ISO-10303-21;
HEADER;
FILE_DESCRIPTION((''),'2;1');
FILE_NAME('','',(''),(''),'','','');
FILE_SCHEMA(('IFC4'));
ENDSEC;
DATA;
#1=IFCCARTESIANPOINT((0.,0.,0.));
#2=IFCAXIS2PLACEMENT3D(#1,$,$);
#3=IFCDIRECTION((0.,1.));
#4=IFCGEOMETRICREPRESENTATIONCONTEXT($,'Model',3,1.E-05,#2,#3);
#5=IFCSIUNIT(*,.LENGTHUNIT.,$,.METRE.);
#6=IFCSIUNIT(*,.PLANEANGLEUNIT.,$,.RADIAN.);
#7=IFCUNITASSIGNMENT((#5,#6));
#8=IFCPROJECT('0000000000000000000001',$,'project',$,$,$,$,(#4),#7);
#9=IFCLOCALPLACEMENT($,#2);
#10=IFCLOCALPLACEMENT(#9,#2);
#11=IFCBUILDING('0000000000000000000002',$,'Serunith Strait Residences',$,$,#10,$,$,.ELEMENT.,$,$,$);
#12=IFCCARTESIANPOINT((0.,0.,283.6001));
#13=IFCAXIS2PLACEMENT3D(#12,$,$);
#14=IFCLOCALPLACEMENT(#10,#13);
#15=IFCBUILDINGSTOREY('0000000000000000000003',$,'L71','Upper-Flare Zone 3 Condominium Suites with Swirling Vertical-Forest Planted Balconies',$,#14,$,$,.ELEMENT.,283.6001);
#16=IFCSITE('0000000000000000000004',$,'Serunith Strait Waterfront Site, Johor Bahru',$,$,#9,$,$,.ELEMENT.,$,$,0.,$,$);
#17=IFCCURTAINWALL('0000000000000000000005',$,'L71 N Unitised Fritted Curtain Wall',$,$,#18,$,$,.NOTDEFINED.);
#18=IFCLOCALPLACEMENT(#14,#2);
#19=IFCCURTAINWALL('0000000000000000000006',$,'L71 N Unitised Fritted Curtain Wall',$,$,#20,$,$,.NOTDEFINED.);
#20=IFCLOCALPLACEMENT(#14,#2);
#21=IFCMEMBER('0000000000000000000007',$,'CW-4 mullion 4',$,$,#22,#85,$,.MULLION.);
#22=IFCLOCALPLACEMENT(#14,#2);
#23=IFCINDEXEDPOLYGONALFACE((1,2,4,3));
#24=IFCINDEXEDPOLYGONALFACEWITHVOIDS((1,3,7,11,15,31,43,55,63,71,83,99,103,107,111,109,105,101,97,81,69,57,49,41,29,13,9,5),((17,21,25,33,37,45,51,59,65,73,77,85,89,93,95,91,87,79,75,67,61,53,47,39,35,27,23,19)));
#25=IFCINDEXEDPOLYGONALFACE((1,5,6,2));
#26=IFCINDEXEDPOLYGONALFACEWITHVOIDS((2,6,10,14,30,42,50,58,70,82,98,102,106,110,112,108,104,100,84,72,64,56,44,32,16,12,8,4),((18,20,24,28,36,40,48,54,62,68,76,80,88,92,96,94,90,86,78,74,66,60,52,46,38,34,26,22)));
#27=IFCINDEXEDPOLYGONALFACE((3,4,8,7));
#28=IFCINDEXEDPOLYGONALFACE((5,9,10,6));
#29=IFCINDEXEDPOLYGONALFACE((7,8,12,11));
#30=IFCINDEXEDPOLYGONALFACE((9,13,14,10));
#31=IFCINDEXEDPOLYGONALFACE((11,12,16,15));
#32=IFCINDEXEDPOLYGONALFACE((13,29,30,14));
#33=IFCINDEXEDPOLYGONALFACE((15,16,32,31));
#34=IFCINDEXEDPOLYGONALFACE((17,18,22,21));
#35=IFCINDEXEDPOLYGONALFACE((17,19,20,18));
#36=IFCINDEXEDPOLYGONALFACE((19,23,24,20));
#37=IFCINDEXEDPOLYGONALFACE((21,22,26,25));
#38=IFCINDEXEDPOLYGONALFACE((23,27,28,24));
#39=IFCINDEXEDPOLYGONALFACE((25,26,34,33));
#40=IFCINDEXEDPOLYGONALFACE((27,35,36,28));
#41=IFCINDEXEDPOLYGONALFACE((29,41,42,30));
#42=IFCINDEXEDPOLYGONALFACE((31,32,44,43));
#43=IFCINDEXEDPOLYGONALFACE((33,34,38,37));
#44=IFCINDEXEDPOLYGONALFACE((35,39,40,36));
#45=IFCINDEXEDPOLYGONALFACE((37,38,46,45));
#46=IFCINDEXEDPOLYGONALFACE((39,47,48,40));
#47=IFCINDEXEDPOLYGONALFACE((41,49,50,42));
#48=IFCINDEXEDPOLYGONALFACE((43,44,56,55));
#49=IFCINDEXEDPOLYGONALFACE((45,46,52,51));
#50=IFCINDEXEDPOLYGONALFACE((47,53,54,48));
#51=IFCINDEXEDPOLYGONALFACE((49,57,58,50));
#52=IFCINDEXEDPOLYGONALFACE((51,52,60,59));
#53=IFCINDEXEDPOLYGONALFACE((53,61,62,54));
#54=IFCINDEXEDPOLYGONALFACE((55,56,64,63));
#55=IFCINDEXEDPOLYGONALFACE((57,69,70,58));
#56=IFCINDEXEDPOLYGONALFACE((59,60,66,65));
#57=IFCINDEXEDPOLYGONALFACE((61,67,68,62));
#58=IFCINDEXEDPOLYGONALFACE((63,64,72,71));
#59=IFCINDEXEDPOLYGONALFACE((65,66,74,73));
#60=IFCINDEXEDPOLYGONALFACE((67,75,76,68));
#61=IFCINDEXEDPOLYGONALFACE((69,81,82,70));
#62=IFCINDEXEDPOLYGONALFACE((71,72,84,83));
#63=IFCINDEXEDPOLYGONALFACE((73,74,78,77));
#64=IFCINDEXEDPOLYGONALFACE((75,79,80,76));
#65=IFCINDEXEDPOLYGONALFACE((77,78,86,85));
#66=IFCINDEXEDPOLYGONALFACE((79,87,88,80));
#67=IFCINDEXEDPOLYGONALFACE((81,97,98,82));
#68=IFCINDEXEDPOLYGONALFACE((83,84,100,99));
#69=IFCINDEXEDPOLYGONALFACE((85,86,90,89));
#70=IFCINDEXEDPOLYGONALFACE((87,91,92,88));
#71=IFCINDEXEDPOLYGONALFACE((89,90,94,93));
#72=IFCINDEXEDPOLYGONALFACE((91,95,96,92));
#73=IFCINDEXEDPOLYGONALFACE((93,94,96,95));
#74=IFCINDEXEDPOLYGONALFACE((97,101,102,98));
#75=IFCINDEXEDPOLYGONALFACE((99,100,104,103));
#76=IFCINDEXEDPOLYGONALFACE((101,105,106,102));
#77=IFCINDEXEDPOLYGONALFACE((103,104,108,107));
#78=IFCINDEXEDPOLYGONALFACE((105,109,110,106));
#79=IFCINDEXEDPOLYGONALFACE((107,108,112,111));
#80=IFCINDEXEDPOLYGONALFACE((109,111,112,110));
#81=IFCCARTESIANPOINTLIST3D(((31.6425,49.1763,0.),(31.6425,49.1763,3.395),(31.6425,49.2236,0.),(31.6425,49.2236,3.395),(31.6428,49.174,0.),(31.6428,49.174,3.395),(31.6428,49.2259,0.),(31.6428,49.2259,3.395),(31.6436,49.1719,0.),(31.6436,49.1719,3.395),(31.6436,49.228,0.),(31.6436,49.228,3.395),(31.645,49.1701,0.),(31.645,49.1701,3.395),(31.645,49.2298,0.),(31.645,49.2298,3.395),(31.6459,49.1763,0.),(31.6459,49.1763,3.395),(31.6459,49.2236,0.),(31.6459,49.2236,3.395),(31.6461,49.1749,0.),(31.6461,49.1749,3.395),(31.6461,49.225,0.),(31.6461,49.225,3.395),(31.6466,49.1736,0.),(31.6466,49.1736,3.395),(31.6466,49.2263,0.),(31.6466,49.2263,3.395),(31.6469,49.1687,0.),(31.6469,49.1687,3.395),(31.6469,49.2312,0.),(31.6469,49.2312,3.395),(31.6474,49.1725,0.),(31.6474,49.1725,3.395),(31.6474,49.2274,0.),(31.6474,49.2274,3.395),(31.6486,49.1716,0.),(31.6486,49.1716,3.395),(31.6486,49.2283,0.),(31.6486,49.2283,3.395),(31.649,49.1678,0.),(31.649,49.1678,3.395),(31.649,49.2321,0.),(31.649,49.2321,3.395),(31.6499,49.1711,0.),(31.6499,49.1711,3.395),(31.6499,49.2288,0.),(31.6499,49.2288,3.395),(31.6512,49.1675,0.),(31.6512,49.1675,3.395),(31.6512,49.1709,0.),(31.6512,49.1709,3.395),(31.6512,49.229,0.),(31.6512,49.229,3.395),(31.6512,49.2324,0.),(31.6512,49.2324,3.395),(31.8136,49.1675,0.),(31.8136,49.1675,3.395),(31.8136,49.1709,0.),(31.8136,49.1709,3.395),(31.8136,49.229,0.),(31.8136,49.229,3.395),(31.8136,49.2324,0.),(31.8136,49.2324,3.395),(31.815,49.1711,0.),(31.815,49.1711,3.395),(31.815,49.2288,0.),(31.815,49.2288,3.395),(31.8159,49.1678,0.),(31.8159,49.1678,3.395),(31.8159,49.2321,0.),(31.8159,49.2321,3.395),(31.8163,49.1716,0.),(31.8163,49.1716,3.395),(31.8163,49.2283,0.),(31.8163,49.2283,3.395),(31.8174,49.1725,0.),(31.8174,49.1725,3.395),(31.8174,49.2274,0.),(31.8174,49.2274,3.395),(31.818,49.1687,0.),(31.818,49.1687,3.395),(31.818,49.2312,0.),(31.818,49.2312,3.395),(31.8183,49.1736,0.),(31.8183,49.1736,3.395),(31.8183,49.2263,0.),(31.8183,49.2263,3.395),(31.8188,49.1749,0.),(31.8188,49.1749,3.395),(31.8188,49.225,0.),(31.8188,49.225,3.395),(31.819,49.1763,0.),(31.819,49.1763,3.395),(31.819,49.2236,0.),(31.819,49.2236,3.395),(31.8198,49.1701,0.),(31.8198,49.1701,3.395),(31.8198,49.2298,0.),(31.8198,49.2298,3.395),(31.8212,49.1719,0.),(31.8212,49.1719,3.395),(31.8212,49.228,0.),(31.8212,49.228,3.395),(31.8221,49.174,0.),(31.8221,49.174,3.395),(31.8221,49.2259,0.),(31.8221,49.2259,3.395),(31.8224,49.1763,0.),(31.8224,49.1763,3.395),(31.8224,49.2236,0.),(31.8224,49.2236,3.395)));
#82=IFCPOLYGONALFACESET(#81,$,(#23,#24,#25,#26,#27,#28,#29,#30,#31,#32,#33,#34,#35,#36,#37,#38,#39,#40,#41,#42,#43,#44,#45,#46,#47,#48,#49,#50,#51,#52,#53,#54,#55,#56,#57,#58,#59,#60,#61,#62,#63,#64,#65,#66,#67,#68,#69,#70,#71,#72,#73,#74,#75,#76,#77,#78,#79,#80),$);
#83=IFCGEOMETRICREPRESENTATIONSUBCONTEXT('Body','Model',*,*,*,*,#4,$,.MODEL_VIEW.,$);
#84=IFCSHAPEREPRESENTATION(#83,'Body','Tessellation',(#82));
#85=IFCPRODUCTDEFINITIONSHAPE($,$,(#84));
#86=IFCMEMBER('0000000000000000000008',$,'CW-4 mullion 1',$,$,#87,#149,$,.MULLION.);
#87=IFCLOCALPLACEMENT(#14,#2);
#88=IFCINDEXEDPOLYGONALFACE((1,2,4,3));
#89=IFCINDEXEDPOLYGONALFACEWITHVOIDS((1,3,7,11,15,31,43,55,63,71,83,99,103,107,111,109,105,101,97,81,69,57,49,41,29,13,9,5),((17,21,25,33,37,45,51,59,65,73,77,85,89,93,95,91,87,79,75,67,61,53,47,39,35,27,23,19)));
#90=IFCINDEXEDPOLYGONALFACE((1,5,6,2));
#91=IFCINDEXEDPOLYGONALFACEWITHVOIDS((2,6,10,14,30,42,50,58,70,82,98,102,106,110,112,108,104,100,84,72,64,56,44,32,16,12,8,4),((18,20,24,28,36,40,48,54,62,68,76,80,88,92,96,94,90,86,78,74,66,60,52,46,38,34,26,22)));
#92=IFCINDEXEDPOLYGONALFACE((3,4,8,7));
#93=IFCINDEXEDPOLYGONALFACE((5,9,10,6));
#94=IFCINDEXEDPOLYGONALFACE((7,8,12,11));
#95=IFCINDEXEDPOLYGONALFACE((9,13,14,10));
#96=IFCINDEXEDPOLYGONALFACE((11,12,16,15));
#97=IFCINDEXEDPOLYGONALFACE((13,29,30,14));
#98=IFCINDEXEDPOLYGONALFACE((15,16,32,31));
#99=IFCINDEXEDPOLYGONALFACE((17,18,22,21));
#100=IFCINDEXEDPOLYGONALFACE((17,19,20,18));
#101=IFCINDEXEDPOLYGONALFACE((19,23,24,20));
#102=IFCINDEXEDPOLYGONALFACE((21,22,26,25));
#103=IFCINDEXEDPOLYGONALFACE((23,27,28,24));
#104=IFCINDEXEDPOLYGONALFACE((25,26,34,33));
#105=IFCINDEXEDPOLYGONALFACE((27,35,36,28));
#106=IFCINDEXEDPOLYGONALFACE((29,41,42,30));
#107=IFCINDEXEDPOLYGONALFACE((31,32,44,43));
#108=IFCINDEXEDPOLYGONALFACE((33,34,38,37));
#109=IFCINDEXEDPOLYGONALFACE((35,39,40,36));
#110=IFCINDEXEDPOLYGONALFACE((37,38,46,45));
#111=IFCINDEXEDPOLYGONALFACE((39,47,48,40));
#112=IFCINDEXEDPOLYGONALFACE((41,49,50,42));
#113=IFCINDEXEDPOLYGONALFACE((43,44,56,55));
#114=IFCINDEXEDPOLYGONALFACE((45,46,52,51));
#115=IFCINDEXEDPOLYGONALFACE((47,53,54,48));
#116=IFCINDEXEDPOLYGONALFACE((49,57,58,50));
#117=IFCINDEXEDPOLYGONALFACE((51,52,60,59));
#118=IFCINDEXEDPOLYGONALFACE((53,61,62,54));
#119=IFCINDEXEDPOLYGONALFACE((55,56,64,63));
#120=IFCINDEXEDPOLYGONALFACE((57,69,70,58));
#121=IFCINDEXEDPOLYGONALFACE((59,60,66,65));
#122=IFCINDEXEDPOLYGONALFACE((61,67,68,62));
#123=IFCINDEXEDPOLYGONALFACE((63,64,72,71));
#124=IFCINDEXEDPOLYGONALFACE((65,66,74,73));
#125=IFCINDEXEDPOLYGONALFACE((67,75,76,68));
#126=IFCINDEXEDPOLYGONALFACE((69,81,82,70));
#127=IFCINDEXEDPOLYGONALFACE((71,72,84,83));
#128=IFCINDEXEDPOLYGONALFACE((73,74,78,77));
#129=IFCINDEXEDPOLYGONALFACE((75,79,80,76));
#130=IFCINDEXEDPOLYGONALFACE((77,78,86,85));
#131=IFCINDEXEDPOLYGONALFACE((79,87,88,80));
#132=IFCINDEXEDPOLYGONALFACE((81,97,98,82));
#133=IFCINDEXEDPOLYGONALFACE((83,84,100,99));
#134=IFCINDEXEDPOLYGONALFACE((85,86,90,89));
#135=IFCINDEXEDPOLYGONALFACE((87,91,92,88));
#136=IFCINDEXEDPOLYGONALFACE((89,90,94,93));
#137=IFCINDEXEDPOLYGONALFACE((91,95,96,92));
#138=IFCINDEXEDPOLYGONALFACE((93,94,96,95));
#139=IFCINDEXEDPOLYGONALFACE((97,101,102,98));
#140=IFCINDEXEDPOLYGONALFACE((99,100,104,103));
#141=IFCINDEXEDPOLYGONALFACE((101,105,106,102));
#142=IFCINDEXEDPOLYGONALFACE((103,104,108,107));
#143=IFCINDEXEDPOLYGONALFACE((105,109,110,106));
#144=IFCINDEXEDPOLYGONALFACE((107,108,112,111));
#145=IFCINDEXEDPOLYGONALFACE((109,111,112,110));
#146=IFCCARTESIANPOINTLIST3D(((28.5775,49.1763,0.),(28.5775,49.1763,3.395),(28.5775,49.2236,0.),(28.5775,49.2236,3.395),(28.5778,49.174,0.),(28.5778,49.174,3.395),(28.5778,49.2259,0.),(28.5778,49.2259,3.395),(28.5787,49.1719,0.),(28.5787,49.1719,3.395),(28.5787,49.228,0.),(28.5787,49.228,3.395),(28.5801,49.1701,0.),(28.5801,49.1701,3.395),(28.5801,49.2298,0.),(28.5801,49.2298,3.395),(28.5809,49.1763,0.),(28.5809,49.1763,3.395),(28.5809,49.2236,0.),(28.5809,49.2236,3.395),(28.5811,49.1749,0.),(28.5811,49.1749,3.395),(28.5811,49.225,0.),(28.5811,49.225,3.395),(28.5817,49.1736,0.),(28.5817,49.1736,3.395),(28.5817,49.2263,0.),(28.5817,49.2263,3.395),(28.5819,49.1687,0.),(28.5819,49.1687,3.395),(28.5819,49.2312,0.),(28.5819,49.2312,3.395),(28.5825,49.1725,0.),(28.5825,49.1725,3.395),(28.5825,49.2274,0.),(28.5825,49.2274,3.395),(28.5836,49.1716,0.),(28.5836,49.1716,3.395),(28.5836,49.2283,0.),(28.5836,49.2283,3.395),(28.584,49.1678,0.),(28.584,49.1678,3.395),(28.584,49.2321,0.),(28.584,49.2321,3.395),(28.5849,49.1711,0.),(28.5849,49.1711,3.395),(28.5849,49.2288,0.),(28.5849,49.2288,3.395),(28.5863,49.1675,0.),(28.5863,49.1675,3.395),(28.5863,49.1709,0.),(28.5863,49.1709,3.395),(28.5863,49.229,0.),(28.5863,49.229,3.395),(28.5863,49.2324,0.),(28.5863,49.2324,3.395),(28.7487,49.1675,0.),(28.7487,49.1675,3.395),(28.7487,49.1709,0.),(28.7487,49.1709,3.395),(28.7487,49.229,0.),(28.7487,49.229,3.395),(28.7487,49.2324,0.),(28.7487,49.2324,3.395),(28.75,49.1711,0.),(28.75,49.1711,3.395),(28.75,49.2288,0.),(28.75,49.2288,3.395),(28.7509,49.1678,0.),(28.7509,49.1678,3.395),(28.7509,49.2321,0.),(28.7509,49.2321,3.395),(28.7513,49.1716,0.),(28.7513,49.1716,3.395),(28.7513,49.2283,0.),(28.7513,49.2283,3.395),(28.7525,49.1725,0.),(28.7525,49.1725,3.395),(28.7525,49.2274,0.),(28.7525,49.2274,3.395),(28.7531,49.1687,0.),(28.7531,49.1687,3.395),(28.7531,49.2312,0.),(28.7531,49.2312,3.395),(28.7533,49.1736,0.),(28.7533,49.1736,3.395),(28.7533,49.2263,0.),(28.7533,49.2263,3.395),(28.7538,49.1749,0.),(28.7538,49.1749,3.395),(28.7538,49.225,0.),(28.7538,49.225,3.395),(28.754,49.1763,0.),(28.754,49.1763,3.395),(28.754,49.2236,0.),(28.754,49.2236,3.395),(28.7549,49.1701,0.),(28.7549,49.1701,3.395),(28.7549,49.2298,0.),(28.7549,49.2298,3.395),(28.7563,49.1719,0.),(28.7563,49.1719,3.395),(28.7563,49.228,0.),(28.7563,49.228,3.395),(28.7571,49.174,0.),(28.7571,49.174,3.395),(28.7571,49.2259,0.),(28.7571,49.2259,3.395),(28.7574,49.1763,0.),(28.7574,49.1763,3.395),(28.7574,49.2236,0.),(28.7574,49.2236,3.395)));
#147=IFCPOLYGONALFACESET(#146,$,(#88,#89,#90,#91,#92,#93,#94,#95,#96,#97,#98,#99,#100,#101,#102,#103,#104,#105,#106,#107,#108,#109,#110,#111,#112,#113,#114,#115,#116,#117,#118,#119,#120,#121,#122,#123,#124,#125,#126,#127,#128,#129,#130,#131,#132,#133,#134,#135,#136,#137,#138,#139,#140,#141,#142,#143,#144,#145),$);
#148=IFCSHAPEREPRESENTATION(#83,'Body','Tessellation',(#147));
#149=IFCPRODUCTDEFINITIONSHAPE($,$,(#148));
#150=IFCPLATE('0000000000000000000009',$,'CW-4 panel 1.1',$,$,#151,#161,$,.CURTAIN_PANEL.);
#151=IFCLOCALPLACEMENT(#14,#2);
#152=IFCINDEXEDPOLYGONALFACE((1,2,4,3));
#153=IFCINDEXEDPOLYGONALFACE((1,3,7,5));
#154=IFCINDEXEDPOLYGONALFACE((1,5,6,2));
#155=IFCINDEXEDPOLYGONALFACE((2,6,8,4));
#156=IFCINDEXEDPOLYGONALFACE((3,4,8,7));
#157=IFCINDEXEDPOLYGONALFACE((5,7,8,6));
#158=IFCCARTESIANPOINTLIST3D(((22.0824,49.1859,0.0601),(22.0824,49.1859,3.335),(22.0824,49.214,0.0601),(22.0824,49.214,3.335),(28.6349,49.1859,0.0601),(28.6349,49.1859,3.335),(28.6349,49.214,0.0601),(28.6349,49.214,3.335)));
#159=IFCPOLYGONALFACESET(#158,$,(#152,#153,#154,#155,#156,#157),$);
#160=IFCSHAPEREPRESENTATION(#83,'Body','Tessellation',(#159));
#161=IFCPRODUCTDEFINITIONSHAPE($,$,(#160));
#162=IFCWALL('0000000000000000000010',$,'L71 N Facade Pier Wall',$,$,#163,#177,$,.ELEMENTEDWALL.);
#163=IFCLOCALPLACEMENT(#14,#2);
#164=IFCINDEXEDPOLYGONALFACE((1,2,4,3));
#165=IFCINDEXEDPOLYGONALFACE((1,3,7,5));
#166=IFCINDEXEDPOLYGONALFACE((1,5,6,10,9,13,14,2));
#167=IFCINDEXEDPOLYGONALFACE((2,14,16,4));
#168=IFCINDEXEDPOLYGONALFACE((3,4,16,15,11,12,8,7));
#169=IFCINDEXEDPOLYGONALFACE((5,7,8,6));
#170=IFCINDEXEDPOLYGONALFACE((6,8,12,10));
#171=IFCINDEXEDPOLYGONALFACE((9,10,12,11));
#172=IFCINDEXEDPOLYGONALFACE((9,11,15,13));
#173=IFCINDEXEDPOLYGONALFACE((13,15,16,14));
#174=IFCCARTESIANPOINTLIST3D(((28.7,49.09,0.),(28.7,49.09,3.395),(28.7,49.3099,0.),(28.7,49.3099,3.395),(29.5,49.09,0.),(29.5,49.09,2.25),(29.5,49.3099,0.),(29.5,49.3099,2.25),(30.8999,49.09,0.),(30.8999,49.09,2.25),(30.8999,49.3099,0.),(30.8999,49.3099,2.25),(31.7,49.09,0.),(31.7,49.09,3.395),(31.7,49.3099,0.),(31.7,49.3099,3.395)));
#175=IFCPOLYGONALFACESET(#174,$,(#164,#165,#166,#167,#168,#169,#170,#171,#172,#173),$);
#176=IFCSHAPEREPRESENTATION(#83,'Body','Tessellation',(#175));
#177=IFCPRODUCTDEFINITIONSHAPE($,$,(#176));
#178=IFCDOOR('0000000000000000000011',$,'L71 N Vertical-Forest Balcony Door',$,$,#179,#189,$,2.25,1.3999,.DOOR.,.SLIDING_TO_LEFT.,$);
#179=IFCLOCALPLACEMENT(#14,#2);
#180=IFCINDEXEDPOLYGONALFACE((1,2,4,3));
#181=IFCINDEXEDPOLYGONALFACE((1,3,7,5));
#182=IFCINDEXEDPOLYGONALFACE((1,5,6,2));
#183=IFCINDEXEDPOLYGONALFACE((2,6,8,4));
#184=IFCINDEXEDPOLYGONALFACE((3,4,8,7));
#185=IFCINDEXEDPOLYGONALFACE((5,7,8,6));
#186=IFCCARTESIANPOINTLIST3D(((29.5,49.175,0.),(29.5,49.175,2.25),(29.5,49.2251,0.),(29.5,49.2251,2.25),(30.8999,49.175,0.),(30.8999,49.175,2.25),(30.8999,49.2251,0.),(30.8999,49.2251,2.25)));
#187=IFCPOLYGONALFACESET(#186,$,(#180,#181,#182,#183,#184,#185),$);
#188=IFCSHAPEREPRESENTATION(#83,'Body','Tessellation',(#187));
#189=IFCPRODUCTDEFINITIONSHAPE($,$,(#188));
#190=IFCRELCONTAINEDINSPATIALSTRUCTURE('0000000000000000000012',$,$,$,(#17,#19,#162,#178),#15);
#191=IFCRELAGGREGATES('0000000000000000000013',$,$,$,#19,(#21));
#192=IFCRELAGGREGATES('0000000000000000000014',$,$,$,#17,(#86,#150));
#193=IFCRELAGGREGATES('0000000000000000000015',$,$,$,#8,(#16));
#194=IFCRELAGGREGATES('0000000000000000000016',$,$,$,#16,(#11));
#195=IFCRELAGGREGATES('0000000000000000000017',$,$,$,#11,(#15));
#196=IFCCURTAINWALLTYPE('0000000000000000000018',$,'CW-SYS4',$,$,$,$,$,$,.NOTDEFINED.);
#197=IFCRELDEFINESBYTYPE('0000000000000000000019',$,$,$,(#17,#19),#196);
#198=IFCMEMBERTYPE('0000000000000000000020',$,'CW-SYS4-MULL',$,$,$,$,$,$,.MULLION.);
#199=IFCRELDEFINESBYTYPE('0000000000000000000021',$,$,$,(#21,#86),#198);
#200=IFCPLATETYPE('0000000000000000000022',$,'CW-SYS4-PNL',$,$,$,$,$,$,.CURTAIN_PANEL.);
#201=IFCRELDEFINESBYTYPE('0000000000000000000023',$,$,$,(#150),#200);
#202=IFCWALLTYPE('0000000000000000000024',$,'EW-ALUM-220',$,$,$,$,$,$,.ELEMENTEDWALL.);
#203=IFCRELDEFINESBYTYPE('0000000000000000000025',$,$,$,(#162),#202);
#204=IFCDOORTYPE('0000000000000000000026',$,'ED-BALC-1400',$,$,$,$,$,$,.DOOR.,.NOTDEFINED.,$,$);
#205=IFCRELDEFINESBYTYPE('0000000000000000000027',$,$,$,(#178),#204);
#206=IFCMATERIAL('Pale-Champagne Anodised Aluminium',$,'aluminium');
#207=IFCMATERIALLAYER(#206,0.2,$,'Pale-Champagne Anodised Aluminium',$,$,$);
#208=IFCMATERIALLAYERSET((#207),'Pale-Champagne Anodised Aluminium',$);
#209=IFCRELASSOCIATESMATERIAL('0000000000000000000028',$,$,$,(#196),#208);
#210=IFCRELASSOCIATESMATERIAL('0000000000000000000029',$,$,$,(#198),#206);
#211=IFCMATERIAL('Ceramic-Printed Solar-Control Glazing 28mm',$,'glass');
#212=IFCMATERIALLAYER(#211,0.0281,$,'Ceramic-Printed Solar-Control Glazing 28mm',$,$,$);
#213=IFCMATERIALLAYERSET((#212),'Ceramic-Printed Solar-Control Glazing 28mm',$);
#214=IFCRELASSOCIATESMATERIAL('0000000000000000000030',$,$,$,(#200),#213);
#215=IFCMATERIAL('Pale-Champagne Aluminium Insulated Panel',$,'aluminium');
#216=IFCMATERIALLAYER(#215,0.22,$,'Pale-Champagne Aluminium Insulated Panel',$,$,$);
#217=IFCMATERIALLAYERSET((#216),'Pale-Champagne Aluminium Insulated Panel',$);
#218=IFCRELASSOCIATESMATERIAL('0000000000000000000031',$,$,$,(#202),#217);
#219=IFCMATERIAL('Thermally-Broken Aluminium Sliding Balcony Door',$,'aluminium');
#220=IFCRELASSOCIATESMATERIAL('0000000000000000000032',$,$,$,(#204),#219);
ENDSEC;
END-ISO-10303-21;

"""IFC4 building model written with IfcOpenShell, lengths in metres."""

from ifc_helpers import new_model, si_unit, direction, frame, frame_2d, origin, origin_2d, place, context, subcontext, project, spatial, rectangle, hollow_rectangle, extrude, source, transform, mapped, material, layer, layer_set, material_profile, profile_set, type_object, element, fill, aggregate, save


model = new_model("IFC4")

# Units and contexts
model_context = context("Model", 3, precision=1e-05, world=origin(), true_north=direction((0.0, 1.0)))
body_context = subcontext(model_context, "Body", "Model", "MODEL_VIEW")
ifc_project = project(units=[si_unit("LENGTHUNIT", "METRE"), si_unit("PLANEANGLEUNIT", "RADIAN")], contexts=[model_context])

# Site, building, storey
site_placement = place(None, origin())
site = spatial("IfcSite", under=ifc_project, at=site_placement, Name="Serunith Strait Waterfront Site, Johor Bahru", CompositionType="ELEMENT", RefElevation=0.0)
building_placement = place(site_placement, origin())
building = spatial("IfcBuilding", under=site, at=building_placement, Name="Serunith Strait Residences", CompositionType="ELEMENT")
storey_placement = place(building_placement, frame((0.0, 0.0, 283.6001)))
storey = spatial("IfcBuildingStorey", under=building, at=storey_placement, Name="L71", Description="Upper-Flare Zone 3 Condominium Suites with Swirling Vertical-Forest Planted Balconies", CompositionType="ELEMENT", Elevation=283.6001)

# Curtain wall
ifc_material_1 = material(Name="Pale-Champagne Anodised Aluminium", Category="aluminium")
ifc_layer_1 = layer(ifc_material_1, 0.2, Name="Pale-Champagne Anodised Aluminium")
ifc_layer_set_1 = layer_set([ifc_layer_1], Name="Pale-Champagne Anodised Aluminium")
curtain_wall_type = type_object("IfcCurtainWallType", Name="CW-SYS4", PredefinedType="NOTDEFINED", material=ifc_layer_set_1)
curtain_wall_1_placement = place(storey_placement, origin())
curtain_wall_1 = element("IfcCurtainWall", 1, at=curtain_wall_1_placement, inside=storey, type_object=curtain_wall_type, Name="L71 N Unitised Fritted Curtain Wall", PredefinedType="NOTDEFINED")

# Curtain wall, member
curtain_wall_2_placement = place(storey_placement, origin())
curtain_wall_2 = element("IfcCurtainWall", 2, at=curtain_wall_2_placement, inside=storey, type_object=curtain_wall_type, Name="L71 N Unitised Fritted Curtain Wall", PredefinedType="NOTDEFINED")
ifc_material_profile_1 = material_profile(ifc_material_1, hollow_rectangle(XDim=0.0649, YDim=0.1799, WallThickness=0.0034, InnerFilletRadius=0.0054, OuterFilletRadius=0.0088, at=origin_2d()), Name="ALU 180x65x3.5")
ifc_profile_set_1 = profile_set([ifc_material_profile_1], Name="Pale-Champagne Anodised Aluminium")
member_type_1 = type_object("IfcMemberType", Name="CW-SYS4-MULL", PredefinedType="MULLION", material=ifc_profile_set_1)
shared_shape_1 = source(origin(), body_context, "Body", "SweptSolid", [
    extrude(hollow_rectangle(XDim=0.0649, YDim=0.1799, WallThickness=0.0034, InnerFilletRadius=0.0054, OuterFilletRadius=0.0088, at=origin_2d()), origin(), (0.0, 0.0, 1.0), 3.395),
])
member_1_placement = place(storey_placement, frame((31.7324, 49.2, 0.0), z_axis=(0.0, 0.0, 1.0), x_axis=(0.0, -1.0, 0.0)))
member_1 = element("IfcMember", 3, at=member_1_placement, type_object=member_type_1, Name="CW-4 mullion 4", PredefinedType="MULLION", context=body_context, shape_type="MappedRepresentation", body=[
    mapped(shared_shape_1, transform((0.0, 0.0, 0.0), scale=1.0)),
])
aggregate(curtain_wall_2, [member_1])

# Member
member_2_placement = place(storey_placement, frame((28.6675, 49.2, 0.0), z_axis=(0.0, 0.0, 1.0), x_axis=(0.0, -1.0, 0.0)))
member_2 = element("IfcMember", 4, at=member_2_placement, type_object=member_type_1, Name="CW-4 mullion 1", PredefinedType="MULLION", context=body_context, shape_type="MappedRepresentation", body=[
    mapped(shared_shape_1, transform((0.0, 0.0, 0.0), scale=1.0)),
])

# Plate
ifc_material_2 = material(Name="Ceramic-Printed Solar-Control Glazing 28mm", Category="glass")
ifc_layer_2 = layer(ifc_material_2, 0.0281, Name="Ceramic-Printed Solar-Control Glazing 28mm")
ifc_layer_set_2 = layer_set([ifc_layer_2], Name="Ceramic-Printed Solar-Control Glazing 28mm")
plate_type = type_object("IfcPlateType", Name="CW-SYS4-PNL", PredefinedType="CURTAIN_PANEL", material=ifc_layer_set_2)
shared_shape_2 = source(origin(), body_context, "Body", "SweptSolid", [
    extrude(rectangle(XDim=6.5525, YDim=0.0281, at=origin_2d()), origin(), (0.0, 0.0, 1.0), 3.2749),
])
plate_placement = place(storey_placement, frame((25.3586, 49.2, 0.0601), z_axis=(0.0, 0.0, 1.0), x_axis=(-1.0, 0.0, 0.0)))
plate = element("IfcPlate", 5, at=plate_placement, type_object=plate_type, Name="CW-4 panel 1.1", PredefinedType="CURTAIN_PANEL", context=body_context, shape_type="MappedRepresentation", body=[
    mapped(shared_shape_2, transform((0.0, 0.0, 0.0), scale=1.0)),
])
aggregate(curtain_wall_1, [member_2, plate])

# Wall, opening, door
ifc_material_3 = material(Name="Pale-Champagne Aluminium Insulated Panel", Category="aluminium")
ifc_layer_3 = layer(ifc_material_3, 0.22, Name="Pale-Champagne Aluminium Insulated Panel")
ifc_layer_set_3 = layer_set([ifc_layer_3], Name="Pale-Champagne Aluminium Insulated Panel")
wall_type_1 = type_object("IfcWallType", Name="EW-ALUM-220", PredefinedType="ELEMENTEDWALL", material=ifc_layer_set_3)
wall_1_placement = place(storey_placement, frame((31.7, 49.2, 0.0), z_axis=(0.0, 0.0, 1.0), x_axis=(-1.0, 0.0, 0.0)))
wall_1 = element("IfcWall", 6, at=wall_1_placement, inside=storey, type_object=wall_type_1, Name="L71 N Facade Pier Wall", PredefinedType="ELEMENTEDWALL", context=body_context, shape_type="SweptSolid", body=[
    extrude(rectangle(XDim=3.0, YDim=0.22, at=frame_2d((1.5, 0.0))), origin(), (0.0, 0.0, 1.0), 3.395),
])
opening_1_placement = place(wall_1_placement, frame((0.8, 0.0, 0.0)))
opening_1 = element("IfcOpeningElement", 7, at=opening_1_placement, cuts=wall_1, PredefinedType="OPENING", context=body_context, shape_type="SweptSolid", body=[
    extrude(rectangle(XDim=1.3999, YDim=2.25, at=frame_2d((0.7, 1.125))), frame((0.0, 0.1201, 0.0), z_axis=(0.0, -1.0, 0.0), x_axis=(1.0, 0.0, 0.0)), (0.0, 0.0, 1.0), 0.24),
])
ifc_material_4 = material(Name="Thermally-Broken Aluminium Sliding Balcony Door", Category="aluminium")
door_type_1 = type_object("IfcDoorType", Name="ED-BALC-1400", OperationType="NOTDEFINED", PredefinedType="DOOR", material=ifc_material_4)
shared_shape_3 = source(origin(), body_context, "Body", "SweptSolid", [
    extrude(rectangle(XDim=1.3999, YDim=2.25, at=frame_2d((0.7, 1.125))), frame((0.0, 0.0249, 0.0), z_axis=(0.0, -1.0, 0.0), x_axis=(1.0, 0.0, 0.0)), (0.0, 0.0, 1.0), 0.05),
])
door_1_placement = place(opening_1_placement, origin())
door_1 = element("IfcDoor", 8, at=door_1_placement, inside=storey, type_object=door_type_1, Name="L71 N Vertical-Forest Balcony Door", OperationType="SLIDING_TO_LEFT", OverallHeight=2.25, OverallWidth=1.3999, PredefinedType="DOOR", context=body_context, shape_type="MappedRepresentation", body=[
    mapped(shared_shape_3, transform((0.0, 0.0, 0.0), scale=1.0)),
])
fill(opening_1, door_1)

save(model, "model.ifc")
